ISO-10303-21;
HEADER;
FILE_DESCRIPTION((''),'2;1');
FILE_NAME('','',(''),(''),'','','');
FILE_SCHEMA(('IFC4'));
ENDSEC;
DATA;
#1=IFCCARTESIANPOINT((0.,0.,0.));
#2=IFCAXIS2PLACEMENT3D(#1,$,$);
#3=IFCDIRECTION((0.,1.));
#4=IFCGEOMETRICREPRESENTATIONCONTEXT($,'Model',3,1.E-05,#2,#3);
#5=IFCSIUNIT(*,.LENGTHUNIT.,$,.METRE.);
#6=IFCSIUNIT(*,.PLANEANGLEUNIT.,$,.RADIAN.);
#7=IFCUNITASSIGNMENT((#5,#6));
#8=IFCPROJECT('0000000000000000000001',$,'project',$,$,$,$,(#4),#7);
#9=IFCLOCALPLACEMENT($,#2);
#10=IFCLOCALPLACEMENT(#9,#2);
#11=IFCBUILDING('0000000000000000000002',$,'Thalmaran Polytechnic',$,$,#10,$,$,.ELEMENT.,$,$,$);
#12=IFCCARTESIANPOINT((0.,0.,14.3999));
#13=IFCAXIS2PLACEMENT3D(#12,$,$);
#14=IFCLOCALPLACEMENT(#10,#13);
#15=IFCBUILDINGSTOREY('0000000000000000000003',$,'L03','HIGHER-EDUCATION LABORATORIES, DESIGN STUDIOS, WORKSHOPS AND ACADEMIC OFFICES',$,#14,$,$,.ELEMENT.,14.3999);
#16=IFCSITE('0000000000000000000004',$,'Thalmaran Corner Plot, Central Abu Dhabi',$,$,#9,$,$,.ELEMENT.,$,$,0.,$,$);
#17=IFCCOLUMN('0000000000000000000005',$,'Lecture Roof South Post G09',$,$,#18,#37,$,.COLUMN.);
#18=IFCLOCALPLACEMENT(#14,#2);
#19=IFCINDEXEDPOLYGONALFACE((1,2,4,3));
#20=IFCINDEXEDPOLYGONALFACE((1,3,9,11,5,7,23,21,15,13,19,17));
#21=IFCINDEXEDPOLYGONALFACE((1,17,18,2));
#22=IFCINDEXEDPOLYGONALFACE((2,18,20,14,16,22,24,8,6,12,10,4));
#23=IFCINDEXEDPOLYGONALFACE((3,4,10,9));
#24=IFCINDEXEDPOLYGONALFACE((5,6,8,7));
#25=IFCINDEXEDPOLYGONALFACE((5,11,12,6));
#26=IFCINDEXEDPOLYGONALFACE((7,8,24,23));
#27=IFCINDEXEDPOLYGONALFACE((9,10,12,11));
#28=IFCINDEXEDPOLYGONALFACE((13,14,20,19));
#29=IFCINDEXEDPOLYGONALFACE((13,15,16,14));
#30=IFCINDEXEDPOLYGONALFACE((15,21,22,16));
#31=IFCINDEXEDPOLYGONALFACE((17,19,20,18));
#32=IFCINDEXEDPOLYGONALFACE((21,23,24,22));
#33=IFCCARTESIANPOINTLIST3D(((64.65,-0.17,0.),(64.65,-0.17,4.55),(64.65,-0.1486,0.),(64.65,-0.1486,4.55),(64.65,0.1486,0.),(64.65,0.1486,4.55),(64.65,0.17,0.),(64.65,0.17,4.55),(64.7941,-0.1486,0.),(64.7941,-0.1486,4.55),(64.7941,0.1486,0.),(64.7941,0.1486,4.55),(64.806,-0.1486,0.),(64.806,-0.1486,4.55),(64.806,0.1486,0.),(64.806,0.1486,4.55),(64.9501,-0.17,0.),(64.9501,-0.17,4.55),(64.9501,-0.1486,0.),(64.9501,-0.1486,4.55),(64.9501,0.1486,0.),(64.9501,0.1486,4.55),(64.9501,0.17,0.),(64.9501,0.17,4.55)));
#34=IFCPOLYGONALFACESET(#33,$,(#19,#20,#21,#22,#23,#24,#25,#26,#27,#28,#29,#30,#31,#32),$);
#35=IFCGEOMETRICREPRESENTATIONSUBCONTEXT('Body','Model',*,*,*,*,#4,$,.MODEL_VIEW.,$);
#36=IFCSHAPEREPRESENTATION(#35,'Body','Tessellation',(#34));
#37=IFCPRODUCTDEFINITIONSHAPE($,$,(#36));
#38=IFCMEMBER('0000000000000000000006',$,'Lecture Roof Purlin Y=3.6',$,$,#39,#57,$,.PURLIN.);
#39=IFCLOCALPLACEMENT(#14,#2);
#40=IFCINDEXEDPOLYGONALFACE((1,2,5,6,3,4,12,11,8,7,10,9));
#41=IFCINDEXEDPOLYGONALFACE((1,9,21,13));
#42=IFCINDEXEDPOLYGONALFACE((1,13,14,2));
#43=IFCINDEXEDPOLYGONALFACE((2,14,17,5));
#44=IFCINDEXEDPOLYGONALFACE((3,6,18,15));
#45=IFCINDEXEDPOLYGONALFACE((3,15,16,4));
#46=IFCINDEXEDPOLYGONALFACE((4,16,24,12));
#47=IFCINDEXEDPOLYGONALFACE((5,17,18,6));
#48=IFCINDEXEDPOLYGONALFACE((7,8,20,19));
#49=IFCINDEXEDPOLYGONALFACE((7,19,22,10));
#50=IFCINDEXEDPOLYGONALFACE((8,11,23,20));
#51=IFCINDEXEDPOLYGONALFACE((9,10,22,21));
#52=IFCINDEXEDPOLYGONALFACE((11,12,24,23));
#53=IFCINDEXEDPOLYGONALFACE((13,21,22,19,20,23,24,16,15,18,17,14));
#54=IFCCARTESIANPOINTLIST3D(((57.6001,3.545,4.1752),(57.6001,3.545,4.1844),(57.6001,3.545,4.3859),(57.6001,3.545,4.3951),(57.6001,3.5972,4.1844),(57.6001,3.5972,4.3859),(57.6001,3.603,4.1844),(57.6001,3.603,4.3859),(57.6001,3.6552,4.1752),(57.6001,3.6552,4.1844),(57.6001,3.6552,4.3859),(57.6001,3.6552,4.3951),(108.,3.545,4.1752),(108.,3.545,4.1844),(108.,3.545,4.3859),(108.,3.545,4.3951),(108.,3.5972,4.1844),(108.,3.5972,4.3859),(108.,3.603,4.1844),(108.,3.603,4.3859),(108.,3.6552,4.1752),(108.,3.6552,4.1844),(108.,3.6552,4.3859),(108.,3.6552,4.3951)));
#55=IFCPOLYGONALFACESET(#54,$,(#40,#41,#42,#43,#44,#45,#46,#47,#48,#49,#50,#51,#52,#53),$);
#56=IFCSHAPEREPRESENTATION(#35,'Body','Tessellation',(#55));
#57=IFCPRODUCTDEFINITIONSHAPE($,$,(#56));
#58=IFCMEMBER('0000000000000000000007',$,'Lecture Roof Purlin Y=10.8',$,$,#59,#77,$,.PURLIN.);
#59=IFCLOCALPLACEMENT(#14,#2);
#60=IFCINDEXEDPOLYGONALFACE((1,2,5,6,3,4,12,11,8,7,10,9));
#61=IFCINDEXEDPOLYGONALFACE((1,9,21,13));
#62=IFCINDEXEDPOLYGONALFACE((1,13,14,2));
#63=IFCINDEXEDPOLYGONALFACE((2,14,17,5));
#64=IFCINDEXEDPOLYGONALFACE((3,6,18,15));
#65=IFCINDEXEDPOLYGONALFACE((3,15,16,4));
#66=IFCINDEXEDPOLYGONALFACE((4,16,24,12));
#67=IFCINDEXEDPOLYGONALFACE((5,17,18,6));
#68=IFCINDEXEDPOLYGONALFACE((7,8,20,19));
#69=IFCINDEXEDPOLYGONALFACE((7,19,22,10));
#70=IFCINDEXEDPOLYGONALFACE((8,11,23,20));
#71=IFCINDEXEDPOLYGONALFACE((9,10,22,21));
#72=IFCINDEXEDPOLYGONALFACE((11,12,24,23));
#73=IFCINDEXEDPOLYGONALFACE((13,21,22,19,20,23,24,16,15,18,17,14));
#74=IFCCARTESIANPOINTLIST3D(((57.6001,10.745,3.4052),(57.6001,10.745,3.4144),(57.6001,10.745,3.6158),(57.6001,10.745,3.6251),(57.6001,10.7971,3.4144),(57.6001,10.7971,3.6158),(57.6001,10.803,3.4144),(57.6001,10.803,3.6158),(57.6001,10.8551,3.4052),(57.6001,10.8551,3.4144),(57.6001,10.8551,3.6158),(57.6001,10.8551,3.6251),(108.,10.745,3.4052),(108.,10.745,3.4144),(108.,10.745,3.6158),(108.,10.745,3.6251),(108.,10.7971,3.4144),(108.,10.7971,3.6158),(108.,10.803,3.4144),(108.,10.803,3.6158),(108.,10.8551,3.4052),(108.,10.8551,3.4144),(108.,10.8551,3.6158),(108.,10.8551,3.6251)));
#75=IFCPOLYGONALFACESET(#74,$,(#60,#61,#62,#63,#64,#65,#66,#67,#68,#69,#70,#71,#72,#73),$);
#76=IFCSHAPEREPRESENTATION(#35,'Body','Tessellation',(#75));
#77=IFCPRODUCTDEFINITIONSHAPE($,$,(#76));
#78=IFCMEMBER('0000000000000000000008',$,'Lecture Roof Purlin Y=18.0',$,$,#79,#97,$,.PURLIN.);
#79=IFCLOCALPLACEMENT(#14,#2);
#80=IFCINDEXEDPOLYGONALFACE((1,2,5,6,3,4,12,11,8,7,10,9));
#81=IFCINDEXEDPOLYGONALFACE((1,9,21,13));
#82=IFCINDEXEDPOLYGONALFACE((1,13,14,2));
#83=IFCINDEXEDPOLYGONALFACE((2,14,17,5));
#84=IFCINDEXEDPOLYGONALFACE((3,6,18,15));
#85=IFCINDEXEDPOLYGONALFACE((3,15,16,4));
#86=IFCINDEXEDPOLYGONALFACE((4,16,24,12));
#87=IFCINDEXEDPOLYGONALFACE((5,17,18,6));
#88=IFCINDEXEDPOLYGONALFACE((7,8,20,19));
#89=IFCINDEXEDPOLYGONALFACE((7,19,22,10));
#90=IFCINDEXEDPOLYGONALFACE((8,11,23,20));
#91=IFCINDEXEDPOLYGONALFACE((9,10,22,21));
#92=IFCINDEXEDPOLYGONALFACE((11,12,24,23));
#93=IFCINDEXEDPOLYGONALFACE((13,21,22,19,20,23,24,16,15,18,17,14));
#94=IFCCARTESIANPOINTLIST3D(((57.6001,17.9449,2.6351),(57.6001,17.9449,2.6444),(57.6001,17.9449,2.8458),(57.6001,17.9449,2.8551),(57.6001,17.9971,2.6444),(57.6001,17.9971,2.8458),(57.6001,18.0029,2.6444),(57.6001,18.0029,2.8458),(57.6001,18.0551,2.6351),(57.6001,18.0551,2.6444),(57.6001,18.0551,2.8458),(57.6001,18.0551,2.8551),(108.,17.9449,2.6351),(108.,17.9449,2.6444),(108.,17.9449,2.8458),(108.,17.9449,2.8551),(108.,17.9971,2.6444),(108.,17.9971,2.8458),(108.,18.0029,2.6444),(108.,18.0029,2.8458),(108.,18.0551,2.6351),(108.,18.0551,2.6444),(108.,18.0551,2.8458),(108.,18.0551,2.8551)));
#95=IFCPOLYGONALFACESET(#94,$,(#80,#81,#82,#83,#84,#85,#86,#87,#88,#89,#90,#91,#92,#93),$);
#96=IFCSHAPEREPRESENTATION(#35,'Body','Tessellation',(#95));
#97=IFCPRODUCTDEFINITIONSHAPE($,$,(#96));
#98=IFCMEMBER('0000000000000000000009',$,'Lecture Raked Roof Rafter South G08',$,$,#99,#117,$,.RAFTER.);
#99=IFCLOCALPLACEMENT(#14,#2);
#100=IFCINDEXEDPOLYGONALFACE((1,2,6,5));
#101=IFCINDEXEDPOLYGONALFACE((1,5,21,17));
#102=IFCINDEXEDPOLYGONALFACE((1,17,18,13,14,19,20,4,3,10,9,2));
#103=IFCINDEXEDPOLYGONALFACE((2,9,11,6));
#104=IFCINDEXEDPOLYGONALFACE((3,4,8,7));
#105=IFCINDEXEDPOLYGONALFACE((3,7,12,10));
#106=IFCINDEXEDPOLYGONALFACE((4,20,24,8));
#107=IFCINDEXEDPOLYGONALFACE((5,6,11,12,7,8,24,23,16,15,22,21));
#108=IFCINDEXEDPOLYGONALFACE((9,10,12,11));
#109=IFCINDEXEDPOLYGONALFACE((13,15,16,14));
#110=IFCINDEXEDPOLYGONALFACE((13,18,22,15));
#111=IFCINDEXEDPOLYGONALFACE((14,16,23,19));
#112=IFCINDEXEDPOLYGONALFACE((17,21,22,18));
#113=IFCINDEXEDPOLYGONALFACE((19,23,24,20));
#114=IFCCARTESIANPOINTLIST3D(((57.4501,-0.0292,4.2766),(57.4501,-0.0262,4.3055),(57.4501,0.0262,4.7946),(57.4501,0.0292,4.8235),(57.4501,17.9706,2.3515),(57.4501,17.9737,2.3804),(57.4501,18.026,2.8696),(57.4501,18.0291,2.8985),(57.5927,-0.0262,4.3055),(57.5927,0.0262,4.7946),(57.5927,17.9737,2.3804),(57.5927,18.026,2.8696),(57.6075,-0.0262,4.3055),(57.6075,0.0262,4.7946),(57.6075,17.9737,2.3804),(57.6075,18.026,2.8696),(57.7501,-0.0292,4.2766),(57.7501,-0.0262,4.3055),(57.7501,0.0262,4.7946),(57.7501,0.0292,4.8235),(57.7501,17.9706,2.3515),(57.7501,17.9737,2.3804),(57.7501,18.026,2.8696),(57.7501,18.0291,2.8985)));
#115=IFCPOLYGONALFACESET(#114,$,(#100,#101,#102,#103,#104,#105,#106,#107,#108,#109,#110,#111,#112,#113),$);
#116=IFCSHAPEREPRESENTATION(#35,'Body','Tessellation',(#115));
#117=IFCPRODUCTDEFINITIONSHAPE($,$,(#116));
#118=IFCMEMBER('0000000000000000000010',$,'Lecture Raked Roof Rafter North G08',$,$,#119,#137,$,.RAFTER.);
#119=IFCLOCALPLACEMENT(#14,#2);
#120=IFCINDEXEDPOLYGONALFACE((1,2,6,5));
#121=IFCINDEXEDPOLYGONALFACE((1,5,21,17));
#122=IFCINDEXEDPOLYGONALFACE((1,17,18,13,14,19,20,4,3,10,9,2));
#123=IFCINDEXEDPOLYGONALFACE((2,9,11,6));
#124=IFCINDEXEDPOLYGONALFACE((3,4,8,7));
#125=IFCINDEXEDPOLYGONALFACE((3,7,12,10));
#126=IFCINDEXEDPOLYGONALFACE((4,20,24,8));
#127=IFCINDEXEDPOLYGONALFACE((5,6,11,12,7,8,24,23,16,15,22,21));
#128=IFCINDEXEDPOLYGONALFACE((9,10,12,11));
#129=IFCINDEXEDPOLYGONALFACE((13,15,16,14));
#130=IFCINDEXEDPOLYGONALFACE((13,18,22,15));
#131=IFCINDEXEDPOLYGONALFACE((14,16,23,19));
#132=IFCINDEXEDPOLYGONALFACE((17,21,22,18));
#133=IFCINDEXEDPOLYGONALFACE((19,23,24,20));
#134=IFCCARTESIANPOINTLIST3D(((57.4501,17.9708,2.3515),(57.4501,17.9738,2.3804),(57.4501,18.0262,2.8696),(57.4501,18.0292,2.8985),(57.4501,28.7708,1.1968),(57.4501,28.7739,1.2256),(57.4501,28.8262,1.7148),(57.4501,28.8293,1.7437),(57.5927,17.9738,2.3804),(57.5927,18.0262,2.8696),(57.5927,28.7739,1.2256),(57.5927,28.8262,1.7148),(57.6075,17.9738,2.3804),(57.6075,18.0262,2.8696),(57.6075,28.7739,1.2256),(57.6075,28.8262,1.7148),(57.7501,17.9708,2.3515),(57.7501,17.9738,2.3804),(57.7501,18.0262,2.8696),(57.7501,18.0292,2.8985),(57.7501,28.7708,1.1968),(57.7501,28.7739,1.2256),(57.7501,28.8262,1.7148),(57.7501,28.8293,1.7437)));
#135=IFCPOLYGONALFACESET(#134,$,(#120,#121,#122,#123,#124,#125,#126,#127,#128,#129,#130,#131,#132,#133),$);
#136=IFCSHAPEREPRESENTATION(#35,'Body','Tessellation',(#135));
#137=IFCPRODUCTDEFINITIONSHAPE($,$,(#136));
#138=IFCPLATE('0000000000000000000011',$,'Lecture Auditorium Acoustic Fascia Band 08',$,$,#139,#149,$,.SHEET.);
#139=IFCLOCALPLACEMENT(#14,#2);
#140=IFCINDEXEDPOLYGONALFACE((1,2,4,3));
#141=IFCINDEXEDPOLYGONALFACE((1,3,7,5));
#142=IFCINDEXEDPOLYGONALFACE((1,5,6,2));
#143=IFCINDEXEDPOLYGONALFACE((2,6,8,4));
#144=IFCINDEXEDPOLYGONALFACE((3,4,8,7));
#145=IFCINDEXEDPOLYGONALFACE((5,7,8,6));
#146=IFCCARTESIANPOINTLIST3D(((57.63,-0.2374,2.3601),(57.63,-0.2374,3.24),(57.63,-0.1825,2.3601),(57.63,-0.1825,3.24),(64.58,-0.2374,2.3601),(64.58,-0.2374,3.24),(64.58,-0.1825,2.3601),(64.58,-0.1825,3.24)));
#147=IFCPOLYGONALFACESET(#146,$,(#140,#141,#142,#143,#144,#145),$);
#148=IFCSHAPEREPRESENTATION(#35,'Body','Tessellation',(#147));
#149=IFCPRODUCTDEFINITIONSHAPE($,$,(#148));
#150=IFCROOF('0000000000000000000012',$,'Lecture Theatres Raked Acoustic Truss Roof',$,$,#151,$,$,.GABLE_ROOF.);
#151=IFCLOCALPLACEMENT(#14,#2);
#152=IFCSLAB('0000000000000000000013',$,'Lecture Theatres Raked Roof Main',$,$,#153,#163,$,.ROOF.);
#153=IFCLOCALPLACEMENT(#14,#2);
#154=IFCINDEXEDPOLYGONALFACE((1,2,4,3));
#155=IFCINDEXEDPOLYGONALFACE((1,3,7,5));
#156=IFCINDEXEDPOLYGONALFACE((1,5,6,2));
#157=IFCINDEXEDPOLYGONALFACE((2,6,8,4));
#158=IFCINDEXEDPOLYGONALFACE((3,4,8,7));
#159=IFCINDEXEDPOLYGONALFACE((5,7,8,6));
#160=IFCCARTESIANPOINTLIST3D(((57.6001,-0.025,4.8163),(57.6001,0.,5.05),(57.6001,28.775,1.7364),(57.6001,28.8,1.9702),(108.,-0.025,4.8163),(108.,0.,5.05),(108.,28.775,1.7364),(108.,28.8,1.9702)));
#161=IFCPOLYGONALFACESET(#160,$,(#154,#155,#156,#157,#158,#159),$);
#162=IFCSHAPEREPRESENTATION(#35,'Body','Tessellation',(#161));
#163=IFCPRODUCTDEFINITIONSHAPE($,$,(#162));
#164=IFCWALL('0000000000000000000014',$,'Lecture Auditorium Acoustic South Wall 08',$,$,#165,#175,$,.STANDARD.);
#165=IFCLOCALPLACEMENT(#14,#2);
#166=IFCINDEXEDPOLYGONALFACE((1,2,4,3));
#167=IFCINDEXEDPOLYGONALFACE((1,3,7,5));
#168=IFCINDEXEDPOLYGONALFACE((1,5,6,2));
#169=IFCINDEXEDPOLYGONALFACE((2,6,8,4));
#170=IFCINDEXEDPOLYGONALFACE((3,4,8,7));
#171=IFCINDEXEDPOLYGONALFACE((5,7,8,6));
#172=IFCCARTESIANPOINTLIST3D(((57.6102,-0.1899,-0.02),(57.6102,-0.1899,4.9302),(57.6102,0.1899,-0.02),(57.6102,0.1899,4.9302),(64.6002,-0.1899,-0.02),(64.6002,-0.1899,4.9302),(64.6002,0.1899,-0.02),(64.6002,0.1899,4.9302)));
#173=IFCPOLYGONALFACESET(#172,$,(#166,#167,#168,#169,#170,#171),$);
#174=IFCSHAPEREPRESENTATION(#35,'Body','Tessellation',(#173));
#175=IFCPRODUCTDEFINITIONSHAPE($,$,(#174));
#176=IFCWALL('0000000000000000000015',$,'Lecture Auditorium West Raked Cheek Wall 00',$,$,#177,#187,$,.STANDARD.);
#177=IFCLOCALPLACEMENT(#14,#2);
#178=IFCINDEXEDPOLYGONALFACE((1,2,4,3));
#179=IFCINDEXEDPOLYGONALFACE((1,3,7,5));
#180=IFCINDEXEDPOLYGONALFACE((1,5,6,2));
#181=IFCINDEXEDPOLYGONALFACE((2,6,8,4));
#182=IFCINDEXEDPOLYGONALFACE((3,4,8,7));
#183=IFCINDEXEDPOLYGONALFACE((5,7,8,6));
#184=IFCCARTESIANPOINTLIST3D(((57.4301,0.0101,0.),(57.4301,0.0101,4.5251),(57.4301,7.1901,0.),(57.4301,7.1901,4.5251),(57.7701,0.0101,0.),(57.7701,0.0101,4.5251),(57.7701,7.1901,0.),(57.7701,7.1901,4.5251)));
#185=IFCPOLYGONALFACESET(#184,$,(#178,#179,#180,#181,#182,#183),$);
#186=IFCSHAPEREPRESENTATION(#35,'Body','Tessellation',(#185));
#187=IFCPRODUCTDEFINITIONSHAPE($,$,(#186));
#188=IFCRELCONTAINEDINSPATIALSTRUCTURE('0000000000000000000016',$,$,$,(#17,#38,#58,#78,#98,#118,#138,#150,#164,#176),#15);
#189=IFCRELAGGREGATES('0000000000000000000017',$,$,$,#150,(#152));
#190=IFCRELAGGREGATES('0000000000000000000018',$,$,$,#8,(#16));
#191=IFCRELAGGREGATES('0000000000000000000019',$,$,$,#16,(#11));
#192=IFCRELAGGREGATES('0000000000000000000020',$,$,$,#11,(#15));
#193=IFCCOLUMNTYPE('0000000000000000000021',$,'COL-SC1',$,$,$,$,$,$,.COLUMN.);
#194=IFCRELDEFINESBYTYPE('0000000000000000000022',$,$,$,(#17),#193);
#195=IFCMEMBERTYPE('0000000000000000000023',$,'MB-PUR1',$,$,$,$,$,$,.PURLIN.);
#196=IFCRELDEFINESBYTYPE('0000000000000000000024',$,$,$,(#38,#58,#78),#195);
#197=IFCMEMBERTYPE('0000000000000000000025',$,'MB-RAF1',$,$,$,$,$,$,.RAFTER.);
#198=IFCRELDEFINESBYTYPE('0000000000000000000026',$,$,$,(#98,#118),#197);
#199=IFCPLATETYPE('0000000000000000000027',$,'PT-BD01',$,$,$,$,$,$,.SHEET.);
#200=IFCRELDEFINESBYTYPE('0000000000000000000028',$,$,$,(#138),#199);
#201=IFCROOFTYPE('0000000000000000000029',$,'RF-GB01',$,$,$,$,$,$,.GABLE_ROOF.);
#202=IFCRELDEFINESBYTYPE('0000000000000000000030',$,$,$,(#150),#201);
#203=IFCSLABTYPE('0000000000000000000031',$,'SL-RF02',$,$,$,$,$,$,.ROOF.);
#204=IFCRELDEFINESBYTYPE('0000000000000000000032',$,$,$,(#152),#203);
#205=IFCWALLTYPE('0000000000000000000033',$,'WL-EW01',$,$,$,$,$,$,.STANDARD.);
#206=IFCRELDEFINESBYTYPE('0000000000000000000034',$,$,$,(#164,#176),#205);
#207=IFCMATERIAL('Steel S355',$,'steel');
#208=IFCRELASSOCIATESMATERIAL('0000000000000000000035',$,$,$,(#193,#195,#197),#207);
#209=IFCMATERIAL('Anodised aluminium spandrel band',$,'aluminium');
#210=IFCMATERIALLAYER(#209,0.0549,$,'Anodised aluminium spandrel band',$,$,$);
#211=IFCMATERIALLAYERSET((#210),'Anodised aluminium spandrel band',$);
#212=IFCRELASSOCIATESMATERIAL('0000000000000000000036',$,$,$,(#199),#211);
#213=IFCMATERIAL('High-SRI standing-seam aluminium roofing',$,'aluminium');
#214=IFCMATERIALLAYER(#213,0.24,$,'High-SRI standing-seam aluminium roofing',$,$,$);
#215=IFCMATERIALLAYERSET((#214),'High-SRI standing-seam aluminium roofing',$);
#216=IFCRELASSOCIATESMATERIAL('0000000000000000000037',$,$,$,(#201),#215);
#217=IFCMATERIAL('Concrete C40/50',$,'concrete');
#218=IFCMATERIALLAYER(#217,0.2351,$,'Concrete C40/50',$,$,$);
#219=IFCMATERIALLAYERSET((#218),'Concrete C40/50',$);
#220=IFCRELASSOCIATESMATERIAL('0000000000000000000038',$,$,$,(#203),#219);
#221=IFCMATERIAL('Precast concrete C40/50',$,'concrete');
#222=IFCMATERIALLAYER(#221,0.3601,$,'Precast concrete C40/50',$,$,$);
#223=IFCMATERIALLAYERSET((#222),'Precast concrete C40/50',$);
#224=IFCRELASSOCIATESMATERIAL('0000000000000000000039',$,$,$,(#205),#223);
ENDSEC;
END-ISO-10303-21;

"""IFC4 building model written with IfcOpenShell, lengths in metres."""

from ifc_helpers import new_model, si_unit, direction, frame, frame_2d, origin, origin_2d, place, context, subcontext, project, spatial, polyline, rectangle, i_section, outline, extrude, material, layer, layer_set, material_profile, profile_set, type_object, element, aggregate, save


model = new_model("IFC4")

# Units and contexts
model_context = context("Model", 3, precision=1e-05, world=origin(), true_north=direction((0.0, 1.0)))
body_context = subcontext(model_context, "Body", "Model", "MODEL_VIEW")
ifc_project = project(units=[si_unit("LENGTHUNIT", "METRE"), si_unit("PLANEANGLEUNIT", "RADIAN")], contexts=[model_context])

# Site, building, storey
site_placement = place(None, origin())
site = spatial("IfcSite", under=ifc_project, at=site_placement, Name="Thalmaran Corner Plot, Central Abu Dhabi", CompositionType="ELEMENT", RefElevation=0.0)
building_placement = place(site_placement, origin())
building = spatial("IfcBuilding", under=site, at=building_placement, Name="Thalmaran Polytechnic", CompositionType="ELEMENT")
storey_placement = place(building_placement, frame((0.0, 0.0, 14.3999)))
storey = spatial("IfcBuildingStorey", under=building, at=storey_placement, Name="L03", Description="HIGHER-EDUCATION LABORATORIES, DESIGN STUDIOS, WORKSHOPS AND ACADEMIC OFFICES", CompositionType="ELEMENT", Elevation=14.3999)

# Column
ifc_material_1 = material(Name="Steel S355", Category="steel")
ifc_material_profile_1 = material_profile(ifc_material_1, i_section(OverallWidth=0.3, OverallDepth=0.3401, WebThickness=0.012, FlangeThickness=0.0215, at=origin_2d()), Name="HEB 340")
ifc_profile_set_1 = profile_set([ifc_material_profile_1], Name="Steel S355")
column_type = type_object("IfcColumnType", Name="COL-SC1", PredefinedType="COLUMN", material=ifc_profile_set_1)
column_placement = place(storey_placement, frame((64.8, 0.0, 0.0), z_axis=(0.0, 0.0, 1.0), x_axis=(1.0, 0.0, 0.0)))
element("IfcColumn", 1, at=column_placement, inside=storey, type_object=column_type, Name="Lecture Roof South Post G09", PredefinedType="COLUMN", context=body_context, shape_type="SweptSolid", body=[
    extrude(i_section(OverallWidth=0.3, OverallDepth=0.3401, WebThickness=0.012, FlangeThickness=0.0215, at=origin_2d()), origin(), (0.0, 0.0, 1.0), 4.55),
])

# Members
ifc_material_profile_2 = material_profile(ifc_material_1, i_section(OverallWidth=0.1101, OverallDepth=0.22, WebThickness=0.0059, FlangeThickness=0.0093, at=origin_2d()), Name="IPE 220")
ifc_profile_set_2 = profile_set([ifc_material_profile_2], Name="Steel S355")
member_type_1 = type_object("IfcMemberType", Name="MB-PUR1", PredefinedType="PURLIN", material=ifc_profile_set_2)
for number, where, z_axis, x_axis, name in (
    (2, (57.6001, 3.6001, 4.2852), (1.0, 0.0, 0.0), (0.0, 1.0, 0.0), "Lecture Roof Purlin Y=3.6"),
    (3, (57.6001, 10.8, 3.5151), (1.0, 0.0, 0.0), (0.0, 1.0, 0.0), "Lecture Roof Purlin Y=10.8"),
    (4, (57.6001, 18.0, 2.7451), (1.0, 0.0, 0.0), (0.0, 1.0, 0.0), "Lecture Roof Purlin Y=18.0"),
):
    element("IfcMember", number, at=place(storey_placement, frame(where, z_axis=z_axis, x_axis=x_axis)), inside=storey, type_object=member_type_1, Name=name, PredefinedType="PURLIN", context=body_context, shape_type="SweptSolid", body=[
        extrude(i_section(OverallWidth=0.1101, OverallDepth=0.22, WebThickness=0.0059, FlangeThickness=0.0093, at=origin_2d()), origin(), (0.0, 0.0, 1.0), 50.3999),
    ])
ifc_material_profile_3 = material_profile(ifc_material_1, i_section(OverallWidth=0.3, OverallDepth=0.55, WebThickness=0.0149, FlangeThickness=0.0291, at=origin_2d()), Name="HEB 550")
ifc_profile_set_3 = profile_set([ifc_material_profile_3], Name="Steel S355")
member_type_2 = type_object("IfcMemberType", Name="MB-RAF1", PredefinedType="RAFTER", material=ifc_profile_set_3)
member_1_placement = place(storey_placement, frame((57.6001, 0.0, 4.55), z_axis=(0.0, 0.99433, -0.106341), x_axis=(-1.0, 0.0, 0.0)))
element("IfcMember", 5, at=member_1_placement, inside=storey, type_object=member_type_2, Name="Lecture Raked Roof Rafter South G08", PredefinedType="RAFTER", context=body_context, shape_type="SweptSolid", body=[
    extrude(i_section(OverallWidth=0.3, OverallDepth=0.55, WebThickness=0.0149, FlangeThickness=0.0291, at=origin_2d()), origin(), (0.0, 0.0, 1.0), 18.1025),
])
member_2_placement = place(storey_placement, frame((57.6001, 18.0, 2.625), z_axis=(0.0, 0.994332, -0.106318), x_axis=(-1.0, 0.0, 0.0)))
element("IfcMember", 6, at=member_2_placement, inside=storey, type_object=member_type_2, Name="Lecture Raked Roof Rafter North G08", PredefinedType="RAFTER", context=body_context, shape_type="SweptSolid", body=[
    extrude(i_section(OverallWidth=0.3, OverallDepth=0.55, WebThickness=0.0149, FlangeThickness=0.0291, at=origin_2d()), origin(), (0.0, 0.0, 1.0), 10.8616),
])

# Plate
ifc_material_2 = material(Name="Anodised aluminium spandrel band", Category="aluminium")
ifc_layer_1 = layer(ifc_material_2, 0.0549, Name="Anodised aluminium spandrel band")
ifc_layer_set_1 = layer_set([ifc_layer_1], Name="Anodised aluminium spandrel band")
plate_type = type_object("IfcPlateType", Name="PT-BD01", PredefinedType="SHEET", material=ifc_layer_set_1)
plate_placement = place(storey_placement, frame((61.105, -0.21, 2.3601), z_axis=(0.0, 0.0, 1.0), x_axis=(1.0, 0.0, 0.0)))
element("IfcPlate", 7, at=plate_placement, inside=storey, type_object=plate_type, Name="Lecture Auditorium Acoustic Fascia Band 08", PredefinedType="SHEET", context=body_context, shape_type="SweptSolid", body=[
    extrude(rectangle(XDim=6.95, YDim=0.0549, at=origin_2d()), origin(), (0.0, 0.0, 1.0), 0.8799),
])

# Roof, slab
ifc_material_3 = material(Name="High-SRI standing-seam aluminium roofing", Category="aluminium")
ifc_layer_2 = layer(ifc_material_3, 0.24, Name="High-SRI standing-seam aluminium roofing")
ifc_layer_set_2 = layer_set([ifc_layer_2], Name="High-SRI standing-seam aluminium roofing")
roof_type = type_object("IfcRoofType", Name="RF-GB01", PredefinedType="GABLE_ROOF", material=ifc_layer_set_2)
roof_placement = place(storey_placement, origin())
roof = element("IfcRoof", 8, at=roof_placement, inside=storey, type_object=roof_type, Name="Lecture Theatres Raked Acoustic Truss Roof", PredefinedType="GABLE_ROOF")
ifc_material_4 = material(Name="Concrete C40/50", Category="concrete")
ifc_layer_3 = layer(ifc_material_4, 0.2351, Name="Concrete C40/50")
ifc_layer_set_3 = layer_set([ifc_layer_3], Name="Concrete C40/50")
slab_type = type_object("IfcSlabType", Name="SL-RF02", PredefinedType="ROOF", material=ifc_layer_set_3)
slab_placement = place(storey_placement, frame((57.6001, 0.0, 5.05), z_axis=(0.0, 0.106332, 0.994331), x_axis=(1.0, 0.0, 0.0)))
slab = element("IfcSlab", 9, at=slab_placement, type_object=slab_type, Name="Lecture Theatres Raked Roof Main", PredefinedType="ROOF", context=body_context, shape_type="SweptSolid", body=[
    extrude(outline(polyline([(0.0, 0.0), (50.3999, 0.0), (50.3999, 28.9643), (0.0, 28.9643), (0.0, 0.0)])), origin(), (0.0, 0.0, -1.0), 0.2351),
])
aggregate(roof, [slab])

# Walls
ifc_material_5 = material(Name="Precast concrete C40/50", Category="concrete")
ifc_layer_4 = layer(ifc_material_5, 0.3601, Name="Precast concrete C40/50")
ifc_layer_set_4 = layer_set([ifc_layer_4], Name="Precast concrete C40/50")
wall_type = type_object("IfcWallType", Name="WL-EW01", PredefinedType="STANDARD", material=ifc_layer_set_4)
wall_1_placement = place(storey_placement, frame((57.6101, 0.0, -0.02), z_axis=(0.0, 0.0, 1.0), x_axis=(1.0, 0.0, 0.0)))
element("IfcWall", 10, at=wall_1_placement, inside=storey, type_object=wall_type, Name="Lecture Auditorium Acoustic South Wall 08", PredefinedType="STANDARD", context=body_context, shape_type="SweptSolid", body=[
    extrude(rectangle(XDim=6.99, YDim=0.3799, at=frame_2d((3.4951, 0.0))), origin(), (0.0, 0.0, 1.0), 4.9502),
])
wall_2_placement = place(storey_placement, frame((57.6001, 7.1899, 0.0), z_axis=(0.0, 0.0, 1.0), x_axis=(0.0, -1.0, 0.0)))
element("IfcWall", 11, at=wall_2_placement, inside=storey, type_object=wall_type, Name="Lecture Auditorium West Raked Cheek Wall 00", PredefinedType="STANDARD", context=body_context, shape_type="SweptSolid", body=[
    extrude(rectangle(XDim=7.1799, YDim=0.3401, at=frame_2d((3.5898, 0.0))), origin(), (0.0, 0.0, 1.0), 4.5251),
])

save(model, "model.ifc")
